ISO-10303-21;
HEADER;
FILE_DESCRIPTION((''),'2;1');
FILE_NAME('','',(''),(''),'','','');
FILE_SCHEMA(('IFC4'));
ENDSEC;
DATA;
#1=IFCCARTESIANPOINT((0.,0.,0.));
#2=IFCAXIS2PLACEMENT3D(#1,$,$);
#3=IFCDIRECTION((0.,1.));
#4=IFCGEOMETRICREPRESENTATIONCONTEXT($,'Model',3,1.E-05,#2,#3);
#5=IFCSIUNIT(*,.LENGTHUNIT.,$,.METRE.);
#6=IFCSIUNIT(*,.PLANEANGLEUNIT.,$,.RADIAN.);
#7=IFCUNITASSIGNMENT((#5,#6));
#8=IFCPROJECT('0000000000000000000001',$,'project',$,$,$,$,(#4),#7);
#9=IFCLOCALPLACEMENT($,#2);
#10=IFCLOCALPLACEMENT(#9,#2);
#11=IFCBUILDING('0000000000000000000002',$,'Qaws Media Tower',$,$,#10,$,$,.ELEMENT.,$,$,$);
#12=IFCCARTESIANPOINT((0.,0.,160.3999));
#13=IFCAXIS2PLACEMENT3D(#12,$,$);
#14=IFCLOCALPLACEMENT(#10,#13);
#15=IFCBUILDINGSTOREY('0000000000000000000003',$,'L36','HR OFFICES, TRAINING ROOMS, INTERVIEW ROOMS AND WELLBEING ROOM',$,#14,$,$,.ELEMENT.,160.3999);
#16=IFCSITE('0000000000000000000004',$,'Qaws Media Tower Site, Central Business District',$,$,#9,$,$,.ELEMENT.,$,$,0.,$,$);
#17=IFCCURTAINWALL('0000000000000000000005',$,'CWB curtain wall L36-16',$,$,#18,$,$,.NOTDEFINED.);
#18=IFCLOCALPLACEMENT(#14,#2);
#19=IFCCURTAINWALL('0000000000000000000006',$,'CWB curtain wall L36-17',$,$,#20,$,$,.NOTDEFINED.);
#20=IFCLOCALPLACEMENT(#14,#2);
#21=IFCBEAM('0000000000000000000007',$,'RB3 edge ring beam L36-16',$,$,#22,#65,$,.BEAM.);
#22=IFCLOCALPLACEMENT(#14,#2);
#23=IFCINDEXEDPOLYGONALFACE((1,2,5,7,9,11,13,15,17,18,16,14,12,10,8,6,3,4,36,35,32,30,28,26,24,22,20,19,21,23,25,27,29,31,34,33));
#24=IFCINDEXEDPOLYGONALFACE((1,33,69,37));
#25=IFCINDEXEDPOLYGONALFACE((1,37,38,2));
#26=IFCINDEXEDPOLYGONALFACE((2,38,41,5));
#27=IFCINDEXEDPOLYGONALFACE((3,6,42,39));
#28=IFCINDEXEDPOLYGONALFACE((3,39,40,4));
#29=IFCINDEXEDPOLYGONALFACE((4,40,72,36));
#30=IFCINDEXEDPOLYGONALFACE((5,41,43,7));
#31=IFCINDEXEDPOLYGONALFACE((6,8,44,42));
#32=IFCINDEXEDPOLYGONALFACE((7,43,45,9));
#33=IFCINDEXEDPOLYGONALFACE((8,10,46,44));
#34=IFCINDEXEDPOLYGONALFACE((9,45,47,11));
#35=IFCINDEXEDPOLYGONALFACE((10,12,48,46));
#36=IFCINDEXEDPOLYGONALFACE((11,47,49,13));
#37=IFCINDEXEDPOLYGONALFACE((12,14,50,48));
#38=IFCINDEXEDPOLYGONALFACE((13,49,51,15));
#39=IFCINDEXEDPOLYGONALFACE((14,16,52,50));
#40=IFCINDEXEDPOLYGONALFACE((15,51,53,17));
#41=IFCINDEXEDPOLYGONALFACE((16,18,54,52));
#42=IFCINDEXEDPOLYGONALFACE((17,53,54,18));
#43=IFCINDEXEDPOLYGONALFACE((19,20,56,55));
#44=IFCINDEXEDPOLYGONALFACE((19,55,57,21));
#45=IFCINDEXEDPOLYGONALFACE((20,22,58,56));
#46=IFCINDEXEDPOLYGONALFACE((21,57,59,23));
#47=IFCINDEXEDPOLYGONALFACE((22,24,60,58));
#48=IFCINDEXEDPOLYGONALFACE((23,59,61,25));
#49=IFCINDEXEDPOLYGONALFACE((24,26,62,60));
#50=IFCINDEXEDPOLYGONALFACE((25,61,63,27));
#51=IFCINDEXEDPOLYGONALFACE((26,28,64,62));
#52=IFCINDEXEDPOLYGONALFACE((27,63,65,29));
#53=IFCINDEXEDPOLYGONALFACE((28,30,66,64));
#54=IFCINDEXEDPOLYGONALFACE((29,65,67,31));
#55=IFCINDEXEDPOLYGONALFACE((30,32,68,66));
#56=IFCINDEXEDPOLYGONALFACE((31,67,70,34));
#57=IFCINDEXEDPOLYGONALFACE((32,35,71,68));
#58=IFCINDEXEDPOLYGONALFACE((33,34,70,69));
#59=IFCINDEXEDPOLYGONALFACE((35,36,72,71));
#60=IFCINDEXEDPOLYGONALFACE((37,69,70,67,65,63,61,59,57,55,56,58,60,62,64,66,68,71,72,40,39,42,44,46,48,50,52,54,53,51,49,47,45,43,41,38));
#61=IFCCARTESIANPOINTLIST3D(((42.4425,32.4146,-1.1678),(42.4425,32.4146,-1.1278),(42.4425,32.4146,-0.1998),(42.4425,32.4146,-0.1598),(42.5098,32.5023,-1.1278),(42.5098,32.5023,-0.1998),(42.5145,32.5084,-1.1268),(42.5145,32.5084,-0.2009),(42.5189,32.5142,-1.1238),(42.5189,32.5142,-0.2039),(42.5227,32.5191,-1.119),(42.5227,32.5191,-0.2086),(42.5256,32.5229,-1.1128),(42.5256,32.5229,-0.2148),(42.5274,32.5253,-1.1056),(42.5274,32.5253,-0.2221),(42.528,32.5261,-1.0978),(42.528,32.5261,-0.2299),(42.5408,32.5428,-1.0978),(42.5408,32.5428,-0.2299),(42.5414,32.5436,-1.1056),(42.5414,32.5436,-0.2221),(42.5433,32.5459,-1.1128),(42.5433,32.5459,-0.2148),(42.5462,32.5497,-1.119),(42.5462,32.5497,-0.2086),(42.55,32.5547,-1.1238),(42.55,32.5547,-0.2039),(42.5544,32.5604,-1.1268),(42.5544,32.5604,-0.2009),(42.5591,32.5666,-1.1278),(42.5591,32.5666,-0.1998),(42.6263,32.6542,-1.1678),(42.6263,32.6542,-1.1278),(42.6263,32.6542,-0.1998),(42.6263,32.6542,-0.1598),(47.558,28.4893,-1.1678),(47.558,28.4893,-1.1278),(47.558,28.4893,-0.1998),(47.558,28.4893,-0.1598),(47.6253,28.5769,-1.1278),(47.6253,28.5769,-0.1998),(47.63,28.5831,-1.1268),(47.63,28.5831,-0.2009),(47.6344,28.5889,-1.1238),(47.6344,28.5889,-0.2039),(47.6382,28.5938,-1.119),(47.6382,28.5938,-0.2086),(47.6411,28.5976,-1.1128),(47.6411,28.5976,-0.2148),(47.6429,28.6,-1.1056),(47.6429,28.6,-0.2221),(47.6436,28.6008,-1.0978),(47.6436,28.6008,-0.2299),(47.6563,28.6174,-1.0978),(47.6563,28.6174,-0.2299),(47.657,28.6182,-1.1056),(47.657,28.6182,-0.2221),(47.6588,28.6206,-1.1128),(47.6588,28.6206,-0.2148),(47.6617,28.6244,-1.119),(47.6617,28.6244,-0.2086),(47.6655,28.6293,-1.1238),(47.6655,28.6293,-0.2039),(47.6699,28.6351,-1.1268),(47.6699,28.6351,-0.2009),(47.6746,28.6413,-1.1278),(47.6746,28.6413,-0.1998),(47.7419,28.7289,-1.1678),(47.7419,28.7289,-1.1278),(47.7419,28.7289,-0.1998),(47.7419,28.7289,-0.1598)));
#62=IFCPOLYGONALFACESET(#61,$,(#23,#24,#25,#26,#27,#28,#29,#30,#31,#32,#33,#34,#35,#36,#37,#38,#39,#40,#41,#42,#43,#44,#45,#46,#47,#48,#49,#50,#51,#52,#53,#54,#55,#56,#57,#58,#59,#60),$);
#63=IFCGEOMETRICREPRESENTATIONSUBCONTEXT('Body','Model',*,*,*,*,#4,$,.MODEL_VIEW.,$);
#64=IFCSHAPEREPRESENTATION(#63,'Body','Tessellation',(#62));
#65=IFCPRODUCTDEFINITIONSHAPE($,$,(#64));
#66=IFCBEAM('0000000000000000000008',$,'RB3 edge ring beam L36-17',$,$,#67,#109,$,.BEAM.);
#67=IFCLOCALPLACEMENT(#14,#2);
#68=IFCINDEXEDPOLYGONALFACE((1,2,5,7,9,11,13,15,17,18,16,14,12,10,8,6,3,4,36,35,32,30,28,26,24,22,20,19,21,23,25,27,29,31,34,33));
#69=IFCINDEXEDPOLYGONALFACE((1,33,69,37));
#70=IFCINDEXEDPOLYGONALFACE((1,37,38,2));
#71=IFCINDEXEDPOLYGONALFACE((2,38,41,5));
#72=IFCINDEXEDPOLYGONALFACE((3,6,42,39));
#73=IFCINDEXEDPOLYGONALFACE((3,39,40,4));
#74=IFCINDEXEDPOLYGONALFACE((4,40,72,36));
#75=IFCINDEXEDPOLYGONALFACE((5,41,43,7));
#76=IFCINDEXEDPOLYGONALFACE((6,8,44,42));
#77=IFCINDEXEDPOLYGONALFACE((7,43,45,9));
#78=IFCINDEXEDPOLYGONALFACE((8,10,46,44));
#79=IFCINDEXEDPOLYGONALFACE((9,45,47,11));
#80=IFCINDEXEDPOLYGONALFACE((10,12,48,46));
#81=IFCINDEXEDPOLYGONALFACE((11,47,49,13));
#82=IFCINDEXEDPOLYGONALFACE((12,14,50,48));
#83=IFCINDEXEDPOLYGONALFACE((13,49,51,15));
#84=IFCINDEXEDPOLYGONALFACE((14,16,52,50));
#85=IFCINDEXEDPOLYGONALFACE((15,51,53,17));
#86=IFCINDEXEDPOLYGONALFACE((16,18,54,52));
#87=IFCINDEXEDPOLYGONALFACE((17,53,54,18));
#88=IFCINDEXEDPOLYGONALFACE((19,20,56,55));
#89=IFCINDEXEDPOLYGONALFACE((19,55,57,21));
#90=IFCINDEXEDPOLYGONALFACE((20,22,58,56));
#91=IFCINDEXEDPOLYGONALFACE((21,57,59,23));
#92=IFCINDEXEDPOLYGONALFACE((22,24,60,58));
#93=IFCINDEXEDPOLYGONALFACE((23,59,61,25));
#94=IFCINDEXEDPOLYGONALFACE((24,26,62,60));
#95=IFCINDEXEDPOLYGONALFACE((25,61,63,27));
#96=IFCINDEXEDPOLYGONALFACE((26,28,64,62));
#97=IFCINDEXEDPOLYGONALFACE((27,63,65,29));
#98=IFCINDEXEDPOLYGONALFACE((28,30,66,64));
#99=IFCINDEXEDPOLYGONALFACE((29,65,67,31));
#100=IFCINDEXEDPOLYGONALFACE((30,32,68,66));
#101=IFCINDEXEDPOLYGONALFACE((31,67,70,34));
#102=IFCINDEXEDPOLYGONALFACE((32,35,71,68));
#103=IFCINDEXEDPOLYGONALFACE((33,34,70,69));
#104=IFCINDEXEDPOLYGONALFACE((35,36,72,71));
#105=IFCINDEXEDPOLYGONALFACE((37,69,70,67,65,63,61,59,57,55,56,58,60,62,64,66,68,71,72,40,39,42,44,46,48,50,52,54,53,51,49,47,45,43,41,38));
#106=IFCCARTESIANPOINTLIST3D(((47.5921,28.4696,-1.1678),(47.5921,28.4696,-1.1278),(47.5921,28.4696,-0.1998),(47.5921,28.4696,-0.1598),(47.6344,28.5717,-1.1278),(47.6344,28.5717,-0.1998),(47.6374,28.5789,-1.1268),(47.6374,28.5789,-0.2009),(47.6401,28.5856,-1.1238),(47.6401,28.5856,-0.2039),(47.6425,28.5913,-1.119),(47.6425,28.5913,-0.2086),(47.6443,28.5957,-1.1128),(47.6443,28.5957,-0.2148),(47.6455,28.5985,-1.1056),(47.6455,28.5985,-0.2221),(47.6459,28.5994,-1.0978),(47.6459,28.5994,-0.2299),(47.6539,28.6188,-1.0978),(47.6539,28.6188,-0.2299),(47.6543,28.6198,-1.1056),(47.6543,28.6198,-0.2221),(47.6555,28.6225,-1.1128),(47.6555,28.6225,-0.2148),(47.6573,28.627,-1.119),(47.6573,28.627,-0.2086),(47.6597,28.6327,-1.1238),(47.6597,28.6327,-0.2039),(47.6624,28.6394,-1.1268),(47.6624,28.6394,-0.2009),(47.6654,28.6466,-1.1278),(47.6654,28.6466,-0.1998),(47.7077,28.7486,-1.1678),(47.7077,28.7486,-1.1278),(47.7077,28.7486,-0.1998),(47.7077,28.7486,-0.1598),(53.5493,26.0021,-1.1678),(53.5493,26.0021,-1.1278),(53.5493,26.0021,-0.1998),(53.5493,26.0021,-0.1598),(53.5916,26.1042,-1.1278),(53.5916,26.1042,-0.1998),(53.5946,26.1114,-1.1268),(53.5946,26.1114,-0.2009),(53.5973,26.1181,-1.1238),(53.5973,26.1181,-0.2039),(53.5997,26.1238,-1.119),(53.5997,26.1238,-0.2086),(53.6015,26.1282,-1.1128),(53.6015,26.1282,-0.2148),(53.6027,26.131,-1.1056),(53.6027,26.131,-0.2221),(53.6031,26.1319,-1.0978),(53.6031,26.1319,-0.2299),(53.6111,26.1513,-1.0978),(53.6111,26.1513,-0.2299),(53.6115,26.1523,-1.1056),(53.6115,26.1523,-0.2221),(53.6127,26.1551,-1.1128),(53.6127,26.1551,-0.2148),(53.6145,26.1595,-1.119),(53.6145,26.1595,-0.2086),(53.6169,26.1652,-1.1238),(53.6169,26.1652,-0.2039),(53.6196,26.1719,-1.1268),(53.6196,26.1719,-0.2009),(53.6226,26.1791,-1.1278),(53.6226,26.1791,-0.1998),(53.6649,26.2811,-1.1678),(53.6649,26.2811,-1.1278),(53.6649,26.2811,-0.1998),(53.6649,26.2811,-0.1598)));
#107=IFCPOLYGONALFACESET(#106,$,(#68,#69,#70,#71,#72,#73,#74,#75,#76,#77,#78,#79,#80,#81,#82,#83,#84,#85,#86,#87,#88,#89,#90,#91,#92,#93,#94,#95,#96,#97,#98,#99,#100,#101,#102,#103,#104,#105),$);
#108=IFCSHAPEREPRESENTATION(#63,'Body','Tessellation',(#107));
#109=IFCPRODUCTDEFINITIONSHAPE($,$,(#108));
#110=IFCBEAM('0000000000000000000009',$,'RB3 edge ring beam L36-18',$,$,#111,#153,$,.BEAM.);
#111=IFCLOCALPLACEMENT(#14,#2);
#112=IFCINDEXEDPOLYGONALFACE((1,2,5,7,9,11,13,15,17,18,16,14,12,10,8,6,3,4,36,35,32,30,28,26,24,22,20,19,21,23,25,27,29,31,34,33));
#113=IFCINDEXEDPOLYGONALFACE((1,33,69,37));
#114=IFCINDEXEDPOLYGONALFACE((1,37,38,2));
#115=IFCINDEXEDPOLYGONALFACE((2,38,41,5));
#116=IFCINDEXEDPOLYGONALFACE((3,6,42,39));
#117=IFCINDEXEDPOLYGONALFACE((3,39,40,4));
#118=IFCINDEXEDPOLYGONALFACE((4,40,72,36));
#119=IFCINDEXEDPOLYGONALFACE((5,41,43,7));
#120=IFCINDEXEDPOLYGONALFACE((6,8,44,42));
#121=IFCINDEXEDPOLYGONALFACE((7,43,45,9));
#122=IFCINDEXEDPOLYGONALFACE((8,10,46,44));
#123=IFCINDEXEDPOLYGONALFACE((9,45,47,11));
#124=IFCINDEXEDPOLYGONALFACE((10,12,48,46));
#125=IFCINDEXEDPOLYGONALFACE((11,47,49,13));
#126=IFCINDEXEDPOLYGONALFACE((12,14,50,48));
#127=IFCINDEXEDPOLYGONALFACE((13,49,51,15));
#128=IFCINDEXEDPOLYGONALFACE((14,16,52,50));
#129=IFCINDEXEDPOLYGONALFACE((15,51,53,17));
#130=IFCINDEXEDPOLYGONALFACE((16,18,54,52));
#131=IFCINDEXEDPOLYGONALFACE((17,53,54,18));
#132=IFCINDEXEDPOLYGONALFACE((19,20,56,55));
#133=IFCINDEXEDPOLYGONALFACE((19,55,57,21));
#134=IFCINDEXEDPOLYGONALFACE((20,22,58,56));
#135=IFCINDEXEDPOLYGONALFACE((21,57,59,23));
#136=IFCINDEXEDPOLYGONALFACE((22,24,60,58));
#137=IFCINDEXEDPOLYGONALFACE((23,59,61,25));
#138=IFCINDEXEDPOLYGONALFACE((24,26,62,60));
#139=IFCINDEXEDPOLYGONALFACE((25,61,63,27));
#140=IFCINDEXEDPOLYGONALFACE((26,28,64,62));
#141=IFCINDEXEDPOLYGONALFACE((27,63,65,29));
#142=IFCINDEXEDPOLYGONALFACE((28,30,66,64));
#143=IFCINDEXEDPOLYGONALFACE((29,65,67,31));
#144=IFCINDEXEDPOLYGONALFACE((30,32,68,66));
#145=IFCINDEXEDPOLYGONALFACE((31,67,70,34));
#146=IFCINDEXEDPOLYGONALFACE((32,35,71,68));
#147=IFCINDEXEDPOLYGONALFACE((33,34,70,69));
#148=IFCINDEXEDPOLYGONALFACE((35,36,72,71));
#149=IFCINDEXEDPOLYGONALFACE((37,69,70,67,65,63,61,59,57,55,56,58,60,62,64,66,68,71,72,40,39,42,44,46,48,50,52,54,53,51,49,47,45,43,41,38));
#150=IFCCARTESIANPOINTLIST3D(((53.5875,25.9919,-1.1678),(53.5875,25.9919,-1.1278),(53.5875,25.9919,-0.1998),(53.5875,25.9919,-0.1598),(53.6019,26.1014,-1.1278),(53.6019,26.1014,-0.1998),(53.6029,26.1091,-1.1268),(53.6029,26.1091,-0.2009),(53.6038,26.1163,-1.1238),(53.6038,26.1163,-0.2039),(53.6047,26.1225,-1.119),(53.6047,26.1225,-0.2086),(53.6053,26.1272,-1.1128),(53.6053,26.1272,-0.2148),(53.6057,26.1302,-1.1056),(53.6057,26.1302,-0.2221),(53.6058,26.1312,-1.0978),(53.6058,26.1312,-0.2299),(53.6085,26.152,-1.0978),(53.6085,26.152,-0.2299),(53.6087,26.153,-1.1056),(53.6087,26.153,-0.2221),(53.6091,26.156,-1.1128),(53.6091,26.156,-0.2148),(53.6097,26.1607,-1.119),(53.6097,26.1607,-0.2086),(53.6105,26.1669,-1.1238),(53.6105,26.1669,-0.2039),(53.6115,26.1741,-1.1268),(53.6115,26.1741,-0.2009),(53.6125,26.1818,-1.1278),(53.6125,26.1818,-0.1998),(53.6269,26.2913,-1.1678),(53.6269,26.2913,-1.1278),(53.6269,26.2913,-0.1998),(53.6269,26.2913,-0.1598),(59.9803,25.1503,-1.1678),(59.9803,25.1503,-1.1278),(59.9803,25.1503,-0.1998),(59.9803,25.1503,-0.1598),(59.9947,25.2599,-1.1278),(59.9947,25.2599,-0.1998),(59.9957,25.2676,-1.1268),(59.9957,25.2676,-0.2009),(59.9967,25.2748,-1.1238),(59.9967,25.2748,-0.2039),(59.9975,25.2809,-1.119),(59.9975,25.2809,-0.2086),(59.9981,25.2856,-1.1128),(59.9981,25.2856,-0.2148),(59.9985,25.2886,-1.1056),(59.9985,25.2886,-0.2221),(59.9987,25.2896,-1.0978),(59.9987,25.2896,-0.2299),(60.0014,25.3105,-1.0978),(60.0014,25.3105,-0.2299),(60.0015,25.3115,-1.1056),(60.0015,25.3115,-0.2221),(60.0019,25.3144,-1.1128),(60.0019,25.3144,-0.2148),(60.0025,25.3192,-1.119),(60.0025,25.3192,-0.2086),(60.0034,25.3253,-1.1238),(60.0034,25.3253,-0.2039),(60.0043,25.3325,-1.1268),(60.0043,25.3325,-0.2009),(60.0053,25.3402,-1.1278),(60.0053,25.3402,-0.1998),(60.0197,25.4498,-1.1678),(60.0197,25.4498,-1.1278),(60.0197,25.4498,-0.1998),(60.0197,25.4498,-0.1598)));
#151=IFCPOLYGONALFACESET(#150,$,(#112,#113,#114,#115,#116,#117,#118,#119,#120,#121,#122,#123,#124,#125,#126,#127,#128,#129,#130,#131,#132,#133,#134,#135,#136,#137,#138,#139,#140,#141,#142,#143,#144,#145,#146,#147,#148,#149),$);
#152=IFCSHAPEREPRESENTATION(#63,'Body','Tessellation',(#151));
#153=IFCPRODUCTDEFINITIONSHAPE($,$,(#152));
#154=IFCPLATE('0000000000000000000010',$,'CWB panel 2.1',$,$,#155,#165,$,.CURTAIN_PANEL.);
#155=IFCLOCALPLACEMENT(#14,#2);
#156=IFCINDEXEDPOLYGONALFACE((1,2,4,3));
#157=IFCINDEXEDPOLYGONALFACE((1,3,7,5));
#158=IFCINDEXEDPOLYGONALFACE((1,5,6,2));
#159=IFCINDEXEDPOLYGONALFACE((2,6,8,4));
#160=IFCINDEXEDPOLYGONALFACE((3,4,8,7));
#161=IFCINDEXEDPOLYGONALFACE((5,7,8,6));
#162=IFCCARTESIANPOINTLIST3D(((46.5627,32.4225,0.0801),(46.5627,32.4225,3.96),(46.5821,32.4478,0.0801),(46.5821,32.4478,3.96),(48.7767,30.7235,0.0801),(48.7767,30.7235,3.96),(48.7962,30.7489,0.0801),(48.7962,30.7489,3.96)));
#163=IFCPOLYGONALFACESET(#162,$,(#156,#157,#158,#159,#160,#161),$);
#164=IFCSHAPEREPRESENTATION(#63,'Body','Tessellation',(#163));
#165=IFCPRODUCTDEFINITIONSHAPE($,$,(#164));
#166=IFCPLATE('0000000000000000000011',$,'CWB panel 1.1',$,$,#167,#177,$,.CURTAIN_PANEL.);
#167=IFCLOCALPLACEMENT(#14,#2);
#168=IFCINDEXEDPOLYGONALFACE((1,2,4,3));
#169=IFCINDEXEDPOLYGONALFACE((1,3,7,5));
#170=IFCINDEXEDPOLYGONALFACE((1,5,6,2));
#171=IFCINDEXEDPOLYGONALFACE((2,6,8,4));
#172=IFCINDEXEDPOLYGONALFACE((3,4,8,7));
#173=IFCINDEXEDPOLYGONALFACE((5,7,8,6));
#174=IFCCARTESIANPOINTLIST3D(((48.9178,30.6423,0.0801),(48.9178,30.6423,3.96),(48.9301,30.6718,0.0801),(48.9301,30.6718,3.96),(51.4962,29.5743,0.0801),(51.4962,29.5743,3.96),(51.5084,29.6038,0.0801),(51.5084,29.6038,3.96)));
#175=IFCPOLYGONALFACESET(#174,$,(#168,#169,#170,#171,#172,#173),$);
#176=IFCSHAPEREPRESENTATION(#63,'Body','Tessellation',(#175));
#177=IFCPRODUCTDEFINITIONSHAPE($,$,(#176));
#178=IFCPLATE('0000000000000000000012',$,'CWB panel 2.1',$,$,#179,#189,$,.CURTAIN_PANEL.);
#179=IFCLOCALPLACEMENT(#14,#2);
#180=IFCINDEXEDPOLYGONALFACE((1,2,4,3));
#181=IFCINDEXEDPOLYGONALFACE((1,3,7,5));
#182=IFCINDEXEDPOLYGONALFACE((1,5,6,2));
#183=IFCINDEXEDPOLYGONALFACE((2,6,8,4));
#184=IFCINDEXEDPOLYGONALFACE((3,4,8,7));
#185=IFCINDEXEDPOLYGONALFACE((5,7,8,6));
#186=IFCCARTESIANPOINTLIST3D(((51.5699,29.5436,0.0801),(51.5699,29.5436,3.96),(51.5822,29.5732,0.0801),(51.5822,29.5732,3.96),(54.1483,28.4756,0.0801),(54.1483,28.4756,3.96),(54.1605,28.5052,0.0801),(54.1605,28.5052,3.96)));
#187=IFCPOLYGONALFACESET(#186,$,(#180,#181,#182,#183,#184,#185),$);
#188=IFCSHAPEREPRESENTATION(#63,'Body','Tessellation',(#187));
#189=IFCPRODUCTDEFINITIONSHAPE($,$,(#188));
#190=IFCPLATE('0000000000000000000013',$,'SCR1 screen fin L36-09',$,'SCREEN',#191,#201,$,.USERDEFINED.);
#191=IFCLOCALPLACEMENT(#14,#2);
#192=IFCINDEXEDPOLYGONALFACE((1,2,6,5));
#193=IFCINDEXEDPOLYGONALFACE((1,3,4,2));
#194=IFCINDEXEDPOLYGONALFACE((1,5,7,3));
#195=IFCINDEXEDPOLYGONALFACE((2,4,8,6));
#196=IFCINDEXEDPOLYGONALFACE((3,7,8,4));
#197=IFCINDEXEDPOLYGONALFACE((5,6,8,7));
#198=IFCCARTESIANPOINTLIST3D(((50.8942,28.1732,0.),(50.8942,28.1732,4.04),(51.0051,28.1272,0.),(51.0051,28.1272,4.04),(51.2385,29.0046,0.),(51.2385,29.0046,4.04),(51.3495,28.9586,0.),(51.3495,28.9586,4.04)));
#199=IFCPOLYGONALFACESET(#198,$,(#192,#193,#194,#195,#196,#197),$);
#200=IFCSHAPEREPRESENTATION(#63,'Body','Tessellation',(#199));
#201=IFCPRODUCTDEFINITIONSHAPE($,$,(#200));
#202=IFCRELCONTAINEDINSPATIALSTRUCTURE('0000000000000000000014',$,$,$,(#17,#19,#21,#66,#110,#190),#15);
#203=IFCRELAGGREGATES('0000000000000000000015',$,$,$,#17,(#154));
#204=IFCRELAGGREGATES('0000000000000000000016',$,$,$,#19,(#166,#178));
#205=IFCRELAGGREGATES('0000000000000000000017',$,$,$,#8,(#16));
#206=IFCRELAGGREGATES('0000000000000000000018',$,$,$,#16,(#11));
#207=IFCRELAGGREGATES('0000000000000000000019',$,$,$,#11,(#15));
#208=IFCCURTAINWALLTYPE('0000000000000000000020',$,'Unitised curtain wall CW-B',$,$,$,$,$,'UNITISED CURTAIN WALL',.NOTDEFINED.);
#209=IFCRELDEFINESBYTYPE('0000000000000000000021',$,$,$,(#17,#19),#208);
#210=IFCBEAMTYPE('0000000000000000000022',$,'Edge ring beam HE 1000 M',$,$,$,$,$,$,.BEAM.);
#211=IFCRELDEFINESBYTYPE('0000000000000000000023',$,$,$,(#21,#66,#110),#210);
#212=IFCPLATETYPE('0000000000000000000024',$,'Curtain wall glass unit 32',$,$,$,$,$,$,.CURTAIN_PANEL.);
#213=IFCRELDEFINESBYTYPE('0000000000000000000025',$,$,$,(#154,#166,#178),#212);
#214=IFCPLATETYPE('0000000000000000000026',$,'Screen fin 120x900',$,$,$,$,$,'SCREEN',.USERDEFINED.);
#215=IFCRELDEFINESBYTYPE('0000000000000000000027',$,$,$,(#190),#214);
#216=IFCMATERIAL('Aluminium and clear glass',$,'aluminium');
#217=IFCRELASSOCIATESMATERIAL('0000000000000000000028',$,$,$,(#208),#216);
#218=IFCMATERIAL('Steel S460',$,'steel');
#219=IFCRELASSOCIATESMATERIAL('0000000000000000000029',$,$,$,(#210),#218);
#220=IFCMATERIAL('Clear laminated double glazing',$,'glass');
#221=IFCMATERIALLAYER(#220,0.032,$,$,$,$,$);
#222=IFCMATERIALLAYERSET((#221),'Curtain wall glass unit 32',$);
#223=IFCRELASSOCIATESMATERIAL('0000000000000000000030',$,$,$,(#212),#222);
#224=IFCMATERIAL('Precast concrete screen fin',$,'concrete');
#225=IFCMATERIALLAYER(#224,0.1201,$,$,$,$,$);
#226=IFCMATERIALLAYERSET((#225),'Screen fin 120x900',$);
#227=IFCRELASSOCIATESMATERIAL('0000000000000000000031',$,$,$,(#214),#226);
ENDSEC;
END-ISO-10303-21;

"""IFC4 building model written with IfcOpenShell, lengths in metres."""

from ifc_helpers import new_model, si_unit, direction, frame, origin, origin_2d, place, context, subcontext, project, spatial, rectangle, i_section, extrude, material, layer, layer_set, material_profile, profile_set, type_object, element, aggregate, save


model = new_model("IFC4")

# Units and contexts
model_context = context("Model", 3, precision=1e-05, world=origin(), true_north=direction((0.0, 1.0)))
body_context = subcontext(model_context, "Body", "Model", "MODEL_VIEW")
ifc_project = project(units=[si_unit("LENGTHUNIT", "METRE"), si_unit("PLANEANGLEUNIT", "RADIAN")], contexts=[model_context])

# Site, building, storey
site_placement = place(None, origin())
site = spatial("IfcSite", under=ifc_project, at=site_placement, Name="Qaws Media Tower Site, Central Business District", CompositionType="ELEMENT", RefElevation=0.0)
building_placement = place(site_placement, origin())
building = spatial("IfcBuilding", under=site, at=building_placement, Name="Qaws Media Tower", CompositionType="ELEMENT")
storey_placement = place(building_placement, frame((0.0, 0.0, 160.3999)))
storey = spatial("IfcBuildingStorey", under=building, at=storey_placement, Name="L36", Description="HR OFFICES, TRAINING ROOMS, INTERVIEW ROOMS AND WELLBEING ROOM", CompositionType="ELEMENT", Elevation=160.3999)

# Curtain walls
ifc_material_1 = material(Name="Aluminium and clear glass", Category="aluminium")
curtain_wall_type = type_object("IfcCurtainWallType", Name="Unitised curtain wall CW-B", ElementType="UNITISED CURTAIN WALL", PredefinedType="NOTDEFINED", material=ifc_material_1)
curtain_wall_1_placement = place(storey_placement, origin())
curtain_wall_1 = element("IfcCurtainWall", 1, at=curtain_wall_1_placement, inside=storey, type_object=curtain_wall_type, Name="CWB curtain wall L36-16", PredefinedType="NOTDEFINED")
curtain_wall_2_placement = place(storey_placement, origin())
curtain_wall_2 = element("IfcCurtainWall", 2, at=curtain_wall_2_placement, inside=storey, type_object=curtain_wall_type, Name="CWB curtain wall L36-17", PredefinedType="NOTDEFINED")

# Beams
ifc_material_2 = material(Name="Steel S460", Category="steel")
ifc_material_profile_1 = material_profile(ifc_material_2, i_section(OverallWidth=0.302, OverallDepth=1.0081, WebThickness=0.021, FlangeThickness=0.04, FilletRadius=0.03, at=origin_2d()), Name="HE 1000 M")
ifc_profile_set_1 = profile_set([ifc_material_profile_1], Name="Steel S460")
beam_type = type_object("IfcBeamType", Name="Edge ring beam HE 1000 M", PredefinedType="BEAM", material=ifc_profile_set_1)
for number, where, z_axis, x_axis, name in (
    (3, (42.5344, 32.5344, -0.6638), (0.79335, -0.608766, 0.0), (0.608766, 0.79335, 0.0), "RB3 edge ring beam L36-16"),
    (4, (47.6499, 28.6091, -0.6638), (0.923883, -0.382676, 0.0), (0.382676, 0.923883, 0.0), "RB3 edge ring beam L36-17"),
    (5, (53.6072, 26.1416, -0.6638), (0.991446, -0.130514, 0.0), (0.130514, 0.991446, 0.0), "RB3 edge ring beam L36-18"),
):
    element("IfcBeam", number, at=place(storey_placement, frame(where, z_axis=z_axis, x_axis=x_axis)), inside=storey, type_object=beam_type, Name=name, PredefinedType="BEAM", context=body_context, shape_type="SweptSolid", body=[
        extrude(i_section(OverallWidth=0.302, OverallDepth=1.0081, WebThickness=0.021, FlangeThickness=0.04, FilletRadius=0.03, at=origin_2d()), origin(), (0.0, 0.0, 1.0), 6.448),
    ])

# Plates
ifc_material_3 = material(Name="Clear laminated double glazing", Category="glass")
ifc_layer_1 = layer(ifc_material_3, 0.032)
ifc_layer_set_1 = layer_set([ifc_layer_1], Name="Curtain wall glass unit 32")
plate_type_1 = type_object("IfcPlateType", Name="Curtain wall glass unit 32", PredefinedType="CURTAIN_PANEL", material=ifc_layer_set_1)
plate_1_placement = place(storey_placement, frame((47.6794, 31.5857, 0.0801), z_axis=(0.0, 0.0, 1.0), x_axis=(0.793353, -0.608762, 0.0)))
plate_1 = element("IfcPlate", 6, at=plate_1_placement, type_object=plate_type_1, Name="CWB panel 2.1", PredefinedType="CURTAIN_PANEL", context=body_context, shape_type="SweptSolid", body=[
    extrude(rectangle(XDim=2.7908, YDim=0.032, at=origin_2d()), origin(), (0.0, 0.0, 1.0), 3.8799),
])
aggregate(curtain_wall_1, [plate_1])
plate_2_placement = place(storey_placement, frame((50.2131, 30.123, 0.0801), z_axis=(0.0, 0.0, 1.0), x_axis=(0.92388, -0.382683, 0.0)))
plate_2 = element("IfcPlate", 7, at=plate_2_placement, type_object=plate_type_1, Name="CWB panel 1.1", PredefinedType="CURTAIN_PANEL", context=body_context, shape_type="SweptSolid", body=[
    extrude(rectangle(XDim=2.7908, YDim=0.032, at=origin_2d()), origin(), (0.0, 0.0, 1.0), 3.8799),
])
plate_3_placement = place(storey_placement, frame((52.8652, 29.0244, 0.0801), z_axis=(0.0, 0.0, 1.0), x_axis=(0.92388, -0.382683, 0.0)))
plate_3 = element("IfcPlate", 8, at=plate_3_placement, type_object=plate_type_1, Name="CWB panel 2.1", PredefinedType="CURTAIN_PANEL", context=body_context, shape_type="SweptSolid", body=[
    extrude(rectangle(XDim=2.7908, YDim=0.032, at=origin_2d()), origin(), (0.0, 0.0, 1.0), 3.8799),
])
aggregate(curtain_wall_2, [plate_2, plate_3])
ifc_material_4 = material(Name="Precast concrete screen fin", Category="concrete")
ifc_layer_2 = layer(ifc_material_4, 0.1201)
ifc_layer_set_2 = layer_set([ifc_layer_2], Name="Screen fin 120x900")
plate_type_2 = type_object("IfcPlateType", Name="Screen fin 120x900", ElementType="SCREEN", PredefinedType="USERDEFINED", material=ifc_layer_set_2)
plate_4_placement = place(storey_placement, frame((51.1218, 28.5659, 0.0), z_axis=(0.0, 0.0, 1.0), x_axis=(-0.382683, -0.92388, 0.0)))
element("IfcPlate", 9, at=plate_4_placement, inside=storey, type_object=plate_type_2, Name="SCR1 screen fin L36-09", ObjectType="SCREEN", PredefinedType="USERDEFINED", context=body_context, shape_type="SweptSolid", body=[
    extrude(rectangle(XDim=0.8999, YDim=0.1201, at=origin_2d()), origin(), (0.0, 0.0, 1.0), 4.04),
])

save(model, "model.ifc")
